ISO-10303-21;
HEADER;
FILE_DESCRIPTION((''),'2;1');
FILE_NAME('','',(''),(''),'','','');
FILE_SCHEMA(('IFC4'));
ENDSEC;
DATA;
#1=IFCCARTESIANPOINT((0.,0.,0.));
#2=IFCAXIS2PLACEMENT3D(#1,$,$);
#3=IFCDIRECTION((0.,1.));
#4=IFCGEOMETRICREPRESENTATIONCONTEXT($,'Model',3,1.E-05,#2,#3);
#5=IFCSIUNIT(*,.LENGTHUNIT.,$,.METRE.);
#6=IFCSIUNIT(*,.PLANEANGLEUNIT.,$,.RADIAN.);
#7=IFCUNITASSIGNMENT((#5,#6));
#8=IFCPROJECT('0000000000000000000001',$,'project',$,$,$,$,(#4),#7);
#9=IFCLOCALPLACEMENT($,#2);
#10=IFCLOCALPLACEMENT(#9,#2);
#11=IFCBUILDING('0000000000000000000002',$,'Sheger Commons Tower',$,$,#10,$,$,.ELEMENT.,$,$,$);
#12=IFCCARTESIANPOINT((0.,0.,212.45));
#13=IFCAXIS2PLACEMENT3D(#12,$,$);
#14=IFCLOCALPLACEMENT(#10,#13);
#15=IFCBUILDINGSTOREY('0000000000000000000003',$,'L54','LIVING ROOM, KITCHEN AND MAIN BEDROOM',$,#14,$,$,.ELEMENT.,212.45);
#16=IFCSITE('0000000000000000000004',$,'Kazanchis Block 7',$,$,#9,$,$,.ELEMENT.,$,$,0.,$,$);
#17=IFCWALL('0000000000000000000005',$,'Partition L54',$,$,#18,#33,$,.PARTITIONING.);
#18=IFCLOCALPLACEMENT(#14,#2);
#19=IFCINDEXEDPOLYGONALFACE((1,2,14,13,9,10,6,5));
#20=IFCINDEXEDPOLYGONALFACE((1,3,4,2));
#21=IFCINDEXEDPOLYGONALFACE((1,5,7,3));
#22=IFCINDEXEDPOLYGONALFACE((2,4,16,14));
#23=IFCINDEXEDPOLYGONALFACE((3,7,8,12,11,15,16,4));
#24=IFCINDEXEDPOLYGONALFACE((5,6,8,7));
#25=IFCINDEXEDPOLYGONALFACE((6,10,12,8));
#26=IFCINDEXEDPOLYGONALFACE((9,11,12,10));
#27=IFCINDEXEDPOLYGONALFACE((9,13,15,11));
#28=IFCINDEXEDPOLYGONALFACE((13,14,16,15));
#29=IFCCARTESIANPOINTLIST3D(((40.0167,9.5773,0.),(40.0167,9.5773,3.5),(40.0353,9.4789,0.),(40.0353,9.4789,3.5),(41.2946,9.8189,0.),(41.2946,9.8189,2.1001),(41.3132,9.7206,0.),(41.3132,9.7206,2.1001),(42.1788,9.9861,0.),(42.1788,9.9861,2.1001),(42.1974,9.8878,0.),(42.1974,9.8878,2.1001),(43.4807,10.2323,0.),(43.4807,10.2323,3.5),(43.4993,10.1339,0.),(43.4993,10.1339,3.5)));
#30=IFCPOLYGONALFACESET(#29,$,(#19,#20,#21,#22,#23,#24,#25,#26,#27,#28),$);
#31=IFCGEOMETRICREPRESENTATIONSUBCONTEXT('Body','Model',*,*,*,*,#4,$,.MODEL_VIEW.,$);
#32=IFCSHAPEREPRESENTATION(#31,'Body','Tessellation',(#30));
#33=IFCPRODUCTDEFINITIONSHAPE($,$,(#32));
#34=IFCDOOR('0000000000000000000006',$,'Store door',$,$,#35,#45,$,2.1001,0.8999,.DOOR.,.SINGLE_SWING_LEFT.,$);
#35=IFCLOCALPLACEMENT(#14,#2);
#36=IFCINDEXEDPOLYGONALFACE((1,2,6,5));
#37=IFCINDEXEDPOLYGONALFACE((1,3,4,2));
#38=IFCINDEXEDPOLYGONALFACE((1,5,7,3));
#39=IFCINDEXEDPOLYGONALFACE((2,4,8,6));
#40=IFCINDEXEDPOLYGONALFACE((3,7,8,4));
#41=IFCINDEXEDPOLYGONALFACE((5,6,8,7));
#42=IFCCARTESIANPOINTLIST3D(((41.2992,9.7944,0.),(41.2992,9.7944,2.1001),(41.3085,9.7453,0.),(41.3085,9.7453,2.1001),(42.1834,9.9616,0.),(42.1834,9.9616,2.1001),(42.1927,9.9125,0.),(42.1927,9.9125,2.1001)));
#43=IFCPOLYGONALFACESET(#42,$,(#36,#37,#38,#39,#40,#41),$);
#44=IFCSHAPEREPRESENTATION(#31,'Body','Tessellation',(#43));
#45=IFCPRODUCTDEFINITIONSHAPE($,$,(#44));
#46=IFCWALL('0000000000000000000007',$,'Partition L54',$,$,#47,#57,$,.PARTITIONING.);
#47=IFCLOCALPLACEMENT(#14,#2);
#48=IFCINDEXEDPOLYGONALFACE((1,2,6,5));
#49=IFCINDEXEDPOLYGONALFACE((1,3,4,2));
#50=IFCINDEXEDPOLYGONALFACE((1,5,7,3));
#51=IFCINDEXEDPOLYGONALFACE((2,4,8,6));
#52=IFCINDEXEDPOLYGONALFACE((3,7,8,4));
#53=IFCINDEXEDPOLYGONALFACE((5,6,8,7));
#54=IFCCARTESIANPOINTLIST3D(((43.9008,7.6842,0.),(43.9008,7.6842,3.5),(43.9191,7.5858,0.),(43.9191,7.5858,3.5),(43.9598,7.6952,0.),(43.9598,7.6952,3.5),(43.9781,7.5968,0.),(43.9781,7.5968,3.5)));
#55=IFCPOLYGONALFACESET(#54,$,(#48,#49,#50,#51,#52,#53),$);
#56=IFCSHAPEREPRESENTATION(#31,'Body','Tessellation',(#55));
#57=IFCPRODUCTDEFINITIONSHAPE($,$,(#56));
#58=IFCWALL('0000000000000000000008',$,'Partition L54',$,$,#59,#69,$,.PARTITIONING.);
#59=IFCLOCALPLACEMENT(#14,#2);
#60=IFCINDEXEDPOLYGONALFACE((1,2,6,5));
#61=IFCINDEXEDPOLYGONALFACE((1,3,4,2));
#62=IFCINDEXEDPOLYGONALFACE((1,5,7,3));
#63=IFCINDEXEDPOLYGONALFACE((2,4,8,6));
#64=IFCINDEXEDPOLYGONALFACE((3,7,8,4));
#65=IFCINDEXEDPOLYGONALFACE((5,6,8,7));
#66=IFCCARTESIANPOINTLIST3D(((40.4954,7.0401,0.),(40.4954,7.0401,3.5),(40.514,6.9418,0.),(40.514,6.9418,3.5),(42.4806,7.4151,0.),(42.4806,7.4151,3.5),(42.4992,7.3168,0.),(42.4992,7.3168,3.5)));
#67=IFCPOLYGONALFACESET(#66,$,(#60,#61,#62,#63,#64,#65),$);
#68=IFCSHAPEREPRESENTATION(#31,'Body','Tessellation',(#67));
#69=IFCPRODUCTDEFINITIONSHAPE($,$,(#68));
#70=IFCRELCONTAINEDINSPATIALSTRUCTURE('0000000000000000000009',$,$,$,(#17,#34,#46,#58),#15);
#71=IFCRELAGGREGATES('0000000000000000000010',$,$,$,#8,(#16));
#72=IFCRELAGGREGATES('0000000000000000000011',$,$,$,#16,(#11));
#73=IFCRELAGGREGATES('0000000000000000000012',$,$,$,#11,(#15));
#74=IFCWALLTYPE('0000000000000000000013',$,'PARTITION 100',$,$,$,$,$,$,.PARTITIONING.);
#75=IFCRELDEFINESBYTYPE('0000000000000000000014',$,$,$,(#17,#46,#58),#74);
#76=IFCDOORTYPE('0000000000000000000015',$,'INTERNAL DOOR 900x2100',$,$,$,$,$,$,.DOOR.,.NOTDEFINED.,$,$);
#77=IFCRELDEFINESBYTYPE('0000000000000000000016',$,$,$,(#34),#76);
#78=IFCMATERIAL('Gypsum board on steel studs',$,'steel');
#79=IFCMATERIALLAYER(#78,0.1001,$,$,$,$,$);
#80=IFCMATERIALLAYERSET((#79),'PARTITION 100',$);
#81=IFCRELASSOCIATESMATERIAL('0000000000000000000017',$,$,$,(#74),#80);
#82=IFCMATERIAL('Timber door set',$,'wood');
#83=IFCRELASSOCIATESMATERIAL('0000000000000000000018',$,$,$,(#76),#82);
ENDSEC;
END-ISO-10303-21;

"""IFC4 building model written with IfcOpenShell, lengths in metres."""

from ifc_helpers import new_model, si_unit, direction, frame, frame_2d, origin, place, context, subcontext, project, spatial, rectangle, extrude, material, layer, layer_set, type_object, element, fill, save


model = new_model("IFC4")

# Units and contexts
model_context = context("Model", 3, precision=1e-05, world=origin(), true_north=direction((0.0, 1.0)))
body_context = subcontext(model_context, "Body", "Model", "MODEL_VIEW")
ifc_project = project(units=[si_unit("LENGTHUNIT", "METRE"), si_unit("PLANEANGLEUNIT", "RADIAN")], contexts=[model_context])

# Site, building, storey
site_placement = place(None, origin())
site = spatial("IfcSite", under=ifc_project, at=site_placement, Name="Kazanchis Block 7", CompositionType="ELEMENT", RefElevation=0.0)
building_placement = place(site_placement, origin())
building = spatial("IfcBuilding", under=site, at=building_placement, Name="Sheger Commons Tower", CompositionType="ELEMENT")
storey_placement = place(building_placement, frame((0.0, 0.0, 212.45)))
storey = spatial("IfcBuildingStorey", under=building, at=storey_placement, Name="L54", Description="LIVING ROOM, KITCHEN AND MAIN BEDROOM", CompositionType="ELEMENT", Elevation=212.45)

# Shared definitions
ifc_material_1 = material(Name="Gypsum board on steel studs", Category="steel")
ifc_layer_1 = layer(ifc_material_1, 0.1001)
ifc_layer_set_1 = layer_set([ifc_layer_1], Name="PARTITION 100")
wall_type_1 = type_object("IfcWallType", Name="PARTITION 100", PredefinedType="PARTITIONING", material=ifc_layer_set_1)

# Shared definitions
ifc_material_2 = material(Name="Timber door set", Category="wood")
door_type_1 = type_object("IfcDoorType", Name="INTERNAL DOOR 900x2100", OperationType="NOTDEFINED", PredefinedType="DOOR", material=ifc_material_2)

# Wall, opening, door
wall_1_placement = place(storey_placement, frame((43.49, 10.1831, 0.0), z_axis=(0.0, 0.0, 1.0), x_axis=(-0.982588, -0.185798, 0.0)))
wall_1 = element("IfcWall", 1, at=wall_1_placement, inside=storey, type_object=wall_type_1, Name="Partition L54", PredefinedType="PARTITIONING", context=body_context, shape_type="SweptSolid", body=[
    extrude(rectangle(XDim=3.5254, YDim=0.1001, at=frame_2d((1.7627, 0.0))), origin(), (0.0, 0.0, 1.0), 3.5),
])
opening_1_placement = place(wall_1_placement, frame((1.325, 0.0, 0.0)))
opening_1 = element("IfcOpeningElement", 2, at=opening_1_placement, cuts=wall_1, PredefinedType="OPENING", context=body_context, shape_type="SweptSolid", body=[
    extrude(rectangle(XDim=0.8999, YDim=2.1001, at=frame_2d((0.45, 1.05))), frame((0.0, 0.0601, 0.0), z_axis=(0.0, -1.0, 0.0), x_axis=(1.0, 0.0, 0.0)), (0.0, 0.0, 1.0), 0.1201),
])
door_1_placement = place(opening_1_placement, origin())
door_1 = element("IfcDoor", 3, at=door_1_placement, inside=storey, type_object=door_type_1, Name="Store door", OperationType="SINGLE_SWING_LEFT", OverallHeight=2.1001, OverallWidth=0.8999, PredefinedType="DOOR", context=body_context, shape_type="SweptSolid", body=[
    extrude(rectangle(XDim=0.8999, YDim=2.1001, at=frame_2d((0.45, 1.05))), frame((0.0, 0.0249, 0.0), z_axis=(0.0, -1.0, 0.0), x_axis=(1.0, 0.0, 0.0)), (0.0, 0.0, 1.0), 0.05),
])
fill(opening_1, door_1)

# Walls
wall_2_placement = place(storey_placement, frame((43.969, 7.646, 0.0), z_axis=(0.0, 0.0, 1.0), x_axis=(-0.983147, -0.182817, 0.0)))
element("IfcWall", 4, at=wall_2_placement, inside=storey, type_object=wall_type_1, Name="Partition L54", PredefinedType="PARTITIONING", context=body_context, shape_type="SweptSolid", body=[
    extrude(rectangle(XDim=0.0601, YDim=0.1001, at=frame_2d((0.03, 0.0))), origin(), (0.0, 0.0, 1.0), 3.5),
])
wall_3_placement = place(storey_placement, frame((42.49, 7.366, 0.0), z_axis=(0.0, 0.0, 1.0), x_axis=(-0.982621, -0.185624, 0.0)))
element("IfcWall", 5, at=wall_3_placement, inside=storey, type_object=wall_type_1, Name="Partition L54", PredefinedType="PARTITIONING", context=body_context, shape_type="SweptSolid", body=[
    extrude(rectangle(XDim=2.0203, YDim=0.1001, at=frame_2d((1.0103, 0.0))), origin(), (0.0, 0.0, 1.0), 3.5),
])

save(model, "model.ifc")
